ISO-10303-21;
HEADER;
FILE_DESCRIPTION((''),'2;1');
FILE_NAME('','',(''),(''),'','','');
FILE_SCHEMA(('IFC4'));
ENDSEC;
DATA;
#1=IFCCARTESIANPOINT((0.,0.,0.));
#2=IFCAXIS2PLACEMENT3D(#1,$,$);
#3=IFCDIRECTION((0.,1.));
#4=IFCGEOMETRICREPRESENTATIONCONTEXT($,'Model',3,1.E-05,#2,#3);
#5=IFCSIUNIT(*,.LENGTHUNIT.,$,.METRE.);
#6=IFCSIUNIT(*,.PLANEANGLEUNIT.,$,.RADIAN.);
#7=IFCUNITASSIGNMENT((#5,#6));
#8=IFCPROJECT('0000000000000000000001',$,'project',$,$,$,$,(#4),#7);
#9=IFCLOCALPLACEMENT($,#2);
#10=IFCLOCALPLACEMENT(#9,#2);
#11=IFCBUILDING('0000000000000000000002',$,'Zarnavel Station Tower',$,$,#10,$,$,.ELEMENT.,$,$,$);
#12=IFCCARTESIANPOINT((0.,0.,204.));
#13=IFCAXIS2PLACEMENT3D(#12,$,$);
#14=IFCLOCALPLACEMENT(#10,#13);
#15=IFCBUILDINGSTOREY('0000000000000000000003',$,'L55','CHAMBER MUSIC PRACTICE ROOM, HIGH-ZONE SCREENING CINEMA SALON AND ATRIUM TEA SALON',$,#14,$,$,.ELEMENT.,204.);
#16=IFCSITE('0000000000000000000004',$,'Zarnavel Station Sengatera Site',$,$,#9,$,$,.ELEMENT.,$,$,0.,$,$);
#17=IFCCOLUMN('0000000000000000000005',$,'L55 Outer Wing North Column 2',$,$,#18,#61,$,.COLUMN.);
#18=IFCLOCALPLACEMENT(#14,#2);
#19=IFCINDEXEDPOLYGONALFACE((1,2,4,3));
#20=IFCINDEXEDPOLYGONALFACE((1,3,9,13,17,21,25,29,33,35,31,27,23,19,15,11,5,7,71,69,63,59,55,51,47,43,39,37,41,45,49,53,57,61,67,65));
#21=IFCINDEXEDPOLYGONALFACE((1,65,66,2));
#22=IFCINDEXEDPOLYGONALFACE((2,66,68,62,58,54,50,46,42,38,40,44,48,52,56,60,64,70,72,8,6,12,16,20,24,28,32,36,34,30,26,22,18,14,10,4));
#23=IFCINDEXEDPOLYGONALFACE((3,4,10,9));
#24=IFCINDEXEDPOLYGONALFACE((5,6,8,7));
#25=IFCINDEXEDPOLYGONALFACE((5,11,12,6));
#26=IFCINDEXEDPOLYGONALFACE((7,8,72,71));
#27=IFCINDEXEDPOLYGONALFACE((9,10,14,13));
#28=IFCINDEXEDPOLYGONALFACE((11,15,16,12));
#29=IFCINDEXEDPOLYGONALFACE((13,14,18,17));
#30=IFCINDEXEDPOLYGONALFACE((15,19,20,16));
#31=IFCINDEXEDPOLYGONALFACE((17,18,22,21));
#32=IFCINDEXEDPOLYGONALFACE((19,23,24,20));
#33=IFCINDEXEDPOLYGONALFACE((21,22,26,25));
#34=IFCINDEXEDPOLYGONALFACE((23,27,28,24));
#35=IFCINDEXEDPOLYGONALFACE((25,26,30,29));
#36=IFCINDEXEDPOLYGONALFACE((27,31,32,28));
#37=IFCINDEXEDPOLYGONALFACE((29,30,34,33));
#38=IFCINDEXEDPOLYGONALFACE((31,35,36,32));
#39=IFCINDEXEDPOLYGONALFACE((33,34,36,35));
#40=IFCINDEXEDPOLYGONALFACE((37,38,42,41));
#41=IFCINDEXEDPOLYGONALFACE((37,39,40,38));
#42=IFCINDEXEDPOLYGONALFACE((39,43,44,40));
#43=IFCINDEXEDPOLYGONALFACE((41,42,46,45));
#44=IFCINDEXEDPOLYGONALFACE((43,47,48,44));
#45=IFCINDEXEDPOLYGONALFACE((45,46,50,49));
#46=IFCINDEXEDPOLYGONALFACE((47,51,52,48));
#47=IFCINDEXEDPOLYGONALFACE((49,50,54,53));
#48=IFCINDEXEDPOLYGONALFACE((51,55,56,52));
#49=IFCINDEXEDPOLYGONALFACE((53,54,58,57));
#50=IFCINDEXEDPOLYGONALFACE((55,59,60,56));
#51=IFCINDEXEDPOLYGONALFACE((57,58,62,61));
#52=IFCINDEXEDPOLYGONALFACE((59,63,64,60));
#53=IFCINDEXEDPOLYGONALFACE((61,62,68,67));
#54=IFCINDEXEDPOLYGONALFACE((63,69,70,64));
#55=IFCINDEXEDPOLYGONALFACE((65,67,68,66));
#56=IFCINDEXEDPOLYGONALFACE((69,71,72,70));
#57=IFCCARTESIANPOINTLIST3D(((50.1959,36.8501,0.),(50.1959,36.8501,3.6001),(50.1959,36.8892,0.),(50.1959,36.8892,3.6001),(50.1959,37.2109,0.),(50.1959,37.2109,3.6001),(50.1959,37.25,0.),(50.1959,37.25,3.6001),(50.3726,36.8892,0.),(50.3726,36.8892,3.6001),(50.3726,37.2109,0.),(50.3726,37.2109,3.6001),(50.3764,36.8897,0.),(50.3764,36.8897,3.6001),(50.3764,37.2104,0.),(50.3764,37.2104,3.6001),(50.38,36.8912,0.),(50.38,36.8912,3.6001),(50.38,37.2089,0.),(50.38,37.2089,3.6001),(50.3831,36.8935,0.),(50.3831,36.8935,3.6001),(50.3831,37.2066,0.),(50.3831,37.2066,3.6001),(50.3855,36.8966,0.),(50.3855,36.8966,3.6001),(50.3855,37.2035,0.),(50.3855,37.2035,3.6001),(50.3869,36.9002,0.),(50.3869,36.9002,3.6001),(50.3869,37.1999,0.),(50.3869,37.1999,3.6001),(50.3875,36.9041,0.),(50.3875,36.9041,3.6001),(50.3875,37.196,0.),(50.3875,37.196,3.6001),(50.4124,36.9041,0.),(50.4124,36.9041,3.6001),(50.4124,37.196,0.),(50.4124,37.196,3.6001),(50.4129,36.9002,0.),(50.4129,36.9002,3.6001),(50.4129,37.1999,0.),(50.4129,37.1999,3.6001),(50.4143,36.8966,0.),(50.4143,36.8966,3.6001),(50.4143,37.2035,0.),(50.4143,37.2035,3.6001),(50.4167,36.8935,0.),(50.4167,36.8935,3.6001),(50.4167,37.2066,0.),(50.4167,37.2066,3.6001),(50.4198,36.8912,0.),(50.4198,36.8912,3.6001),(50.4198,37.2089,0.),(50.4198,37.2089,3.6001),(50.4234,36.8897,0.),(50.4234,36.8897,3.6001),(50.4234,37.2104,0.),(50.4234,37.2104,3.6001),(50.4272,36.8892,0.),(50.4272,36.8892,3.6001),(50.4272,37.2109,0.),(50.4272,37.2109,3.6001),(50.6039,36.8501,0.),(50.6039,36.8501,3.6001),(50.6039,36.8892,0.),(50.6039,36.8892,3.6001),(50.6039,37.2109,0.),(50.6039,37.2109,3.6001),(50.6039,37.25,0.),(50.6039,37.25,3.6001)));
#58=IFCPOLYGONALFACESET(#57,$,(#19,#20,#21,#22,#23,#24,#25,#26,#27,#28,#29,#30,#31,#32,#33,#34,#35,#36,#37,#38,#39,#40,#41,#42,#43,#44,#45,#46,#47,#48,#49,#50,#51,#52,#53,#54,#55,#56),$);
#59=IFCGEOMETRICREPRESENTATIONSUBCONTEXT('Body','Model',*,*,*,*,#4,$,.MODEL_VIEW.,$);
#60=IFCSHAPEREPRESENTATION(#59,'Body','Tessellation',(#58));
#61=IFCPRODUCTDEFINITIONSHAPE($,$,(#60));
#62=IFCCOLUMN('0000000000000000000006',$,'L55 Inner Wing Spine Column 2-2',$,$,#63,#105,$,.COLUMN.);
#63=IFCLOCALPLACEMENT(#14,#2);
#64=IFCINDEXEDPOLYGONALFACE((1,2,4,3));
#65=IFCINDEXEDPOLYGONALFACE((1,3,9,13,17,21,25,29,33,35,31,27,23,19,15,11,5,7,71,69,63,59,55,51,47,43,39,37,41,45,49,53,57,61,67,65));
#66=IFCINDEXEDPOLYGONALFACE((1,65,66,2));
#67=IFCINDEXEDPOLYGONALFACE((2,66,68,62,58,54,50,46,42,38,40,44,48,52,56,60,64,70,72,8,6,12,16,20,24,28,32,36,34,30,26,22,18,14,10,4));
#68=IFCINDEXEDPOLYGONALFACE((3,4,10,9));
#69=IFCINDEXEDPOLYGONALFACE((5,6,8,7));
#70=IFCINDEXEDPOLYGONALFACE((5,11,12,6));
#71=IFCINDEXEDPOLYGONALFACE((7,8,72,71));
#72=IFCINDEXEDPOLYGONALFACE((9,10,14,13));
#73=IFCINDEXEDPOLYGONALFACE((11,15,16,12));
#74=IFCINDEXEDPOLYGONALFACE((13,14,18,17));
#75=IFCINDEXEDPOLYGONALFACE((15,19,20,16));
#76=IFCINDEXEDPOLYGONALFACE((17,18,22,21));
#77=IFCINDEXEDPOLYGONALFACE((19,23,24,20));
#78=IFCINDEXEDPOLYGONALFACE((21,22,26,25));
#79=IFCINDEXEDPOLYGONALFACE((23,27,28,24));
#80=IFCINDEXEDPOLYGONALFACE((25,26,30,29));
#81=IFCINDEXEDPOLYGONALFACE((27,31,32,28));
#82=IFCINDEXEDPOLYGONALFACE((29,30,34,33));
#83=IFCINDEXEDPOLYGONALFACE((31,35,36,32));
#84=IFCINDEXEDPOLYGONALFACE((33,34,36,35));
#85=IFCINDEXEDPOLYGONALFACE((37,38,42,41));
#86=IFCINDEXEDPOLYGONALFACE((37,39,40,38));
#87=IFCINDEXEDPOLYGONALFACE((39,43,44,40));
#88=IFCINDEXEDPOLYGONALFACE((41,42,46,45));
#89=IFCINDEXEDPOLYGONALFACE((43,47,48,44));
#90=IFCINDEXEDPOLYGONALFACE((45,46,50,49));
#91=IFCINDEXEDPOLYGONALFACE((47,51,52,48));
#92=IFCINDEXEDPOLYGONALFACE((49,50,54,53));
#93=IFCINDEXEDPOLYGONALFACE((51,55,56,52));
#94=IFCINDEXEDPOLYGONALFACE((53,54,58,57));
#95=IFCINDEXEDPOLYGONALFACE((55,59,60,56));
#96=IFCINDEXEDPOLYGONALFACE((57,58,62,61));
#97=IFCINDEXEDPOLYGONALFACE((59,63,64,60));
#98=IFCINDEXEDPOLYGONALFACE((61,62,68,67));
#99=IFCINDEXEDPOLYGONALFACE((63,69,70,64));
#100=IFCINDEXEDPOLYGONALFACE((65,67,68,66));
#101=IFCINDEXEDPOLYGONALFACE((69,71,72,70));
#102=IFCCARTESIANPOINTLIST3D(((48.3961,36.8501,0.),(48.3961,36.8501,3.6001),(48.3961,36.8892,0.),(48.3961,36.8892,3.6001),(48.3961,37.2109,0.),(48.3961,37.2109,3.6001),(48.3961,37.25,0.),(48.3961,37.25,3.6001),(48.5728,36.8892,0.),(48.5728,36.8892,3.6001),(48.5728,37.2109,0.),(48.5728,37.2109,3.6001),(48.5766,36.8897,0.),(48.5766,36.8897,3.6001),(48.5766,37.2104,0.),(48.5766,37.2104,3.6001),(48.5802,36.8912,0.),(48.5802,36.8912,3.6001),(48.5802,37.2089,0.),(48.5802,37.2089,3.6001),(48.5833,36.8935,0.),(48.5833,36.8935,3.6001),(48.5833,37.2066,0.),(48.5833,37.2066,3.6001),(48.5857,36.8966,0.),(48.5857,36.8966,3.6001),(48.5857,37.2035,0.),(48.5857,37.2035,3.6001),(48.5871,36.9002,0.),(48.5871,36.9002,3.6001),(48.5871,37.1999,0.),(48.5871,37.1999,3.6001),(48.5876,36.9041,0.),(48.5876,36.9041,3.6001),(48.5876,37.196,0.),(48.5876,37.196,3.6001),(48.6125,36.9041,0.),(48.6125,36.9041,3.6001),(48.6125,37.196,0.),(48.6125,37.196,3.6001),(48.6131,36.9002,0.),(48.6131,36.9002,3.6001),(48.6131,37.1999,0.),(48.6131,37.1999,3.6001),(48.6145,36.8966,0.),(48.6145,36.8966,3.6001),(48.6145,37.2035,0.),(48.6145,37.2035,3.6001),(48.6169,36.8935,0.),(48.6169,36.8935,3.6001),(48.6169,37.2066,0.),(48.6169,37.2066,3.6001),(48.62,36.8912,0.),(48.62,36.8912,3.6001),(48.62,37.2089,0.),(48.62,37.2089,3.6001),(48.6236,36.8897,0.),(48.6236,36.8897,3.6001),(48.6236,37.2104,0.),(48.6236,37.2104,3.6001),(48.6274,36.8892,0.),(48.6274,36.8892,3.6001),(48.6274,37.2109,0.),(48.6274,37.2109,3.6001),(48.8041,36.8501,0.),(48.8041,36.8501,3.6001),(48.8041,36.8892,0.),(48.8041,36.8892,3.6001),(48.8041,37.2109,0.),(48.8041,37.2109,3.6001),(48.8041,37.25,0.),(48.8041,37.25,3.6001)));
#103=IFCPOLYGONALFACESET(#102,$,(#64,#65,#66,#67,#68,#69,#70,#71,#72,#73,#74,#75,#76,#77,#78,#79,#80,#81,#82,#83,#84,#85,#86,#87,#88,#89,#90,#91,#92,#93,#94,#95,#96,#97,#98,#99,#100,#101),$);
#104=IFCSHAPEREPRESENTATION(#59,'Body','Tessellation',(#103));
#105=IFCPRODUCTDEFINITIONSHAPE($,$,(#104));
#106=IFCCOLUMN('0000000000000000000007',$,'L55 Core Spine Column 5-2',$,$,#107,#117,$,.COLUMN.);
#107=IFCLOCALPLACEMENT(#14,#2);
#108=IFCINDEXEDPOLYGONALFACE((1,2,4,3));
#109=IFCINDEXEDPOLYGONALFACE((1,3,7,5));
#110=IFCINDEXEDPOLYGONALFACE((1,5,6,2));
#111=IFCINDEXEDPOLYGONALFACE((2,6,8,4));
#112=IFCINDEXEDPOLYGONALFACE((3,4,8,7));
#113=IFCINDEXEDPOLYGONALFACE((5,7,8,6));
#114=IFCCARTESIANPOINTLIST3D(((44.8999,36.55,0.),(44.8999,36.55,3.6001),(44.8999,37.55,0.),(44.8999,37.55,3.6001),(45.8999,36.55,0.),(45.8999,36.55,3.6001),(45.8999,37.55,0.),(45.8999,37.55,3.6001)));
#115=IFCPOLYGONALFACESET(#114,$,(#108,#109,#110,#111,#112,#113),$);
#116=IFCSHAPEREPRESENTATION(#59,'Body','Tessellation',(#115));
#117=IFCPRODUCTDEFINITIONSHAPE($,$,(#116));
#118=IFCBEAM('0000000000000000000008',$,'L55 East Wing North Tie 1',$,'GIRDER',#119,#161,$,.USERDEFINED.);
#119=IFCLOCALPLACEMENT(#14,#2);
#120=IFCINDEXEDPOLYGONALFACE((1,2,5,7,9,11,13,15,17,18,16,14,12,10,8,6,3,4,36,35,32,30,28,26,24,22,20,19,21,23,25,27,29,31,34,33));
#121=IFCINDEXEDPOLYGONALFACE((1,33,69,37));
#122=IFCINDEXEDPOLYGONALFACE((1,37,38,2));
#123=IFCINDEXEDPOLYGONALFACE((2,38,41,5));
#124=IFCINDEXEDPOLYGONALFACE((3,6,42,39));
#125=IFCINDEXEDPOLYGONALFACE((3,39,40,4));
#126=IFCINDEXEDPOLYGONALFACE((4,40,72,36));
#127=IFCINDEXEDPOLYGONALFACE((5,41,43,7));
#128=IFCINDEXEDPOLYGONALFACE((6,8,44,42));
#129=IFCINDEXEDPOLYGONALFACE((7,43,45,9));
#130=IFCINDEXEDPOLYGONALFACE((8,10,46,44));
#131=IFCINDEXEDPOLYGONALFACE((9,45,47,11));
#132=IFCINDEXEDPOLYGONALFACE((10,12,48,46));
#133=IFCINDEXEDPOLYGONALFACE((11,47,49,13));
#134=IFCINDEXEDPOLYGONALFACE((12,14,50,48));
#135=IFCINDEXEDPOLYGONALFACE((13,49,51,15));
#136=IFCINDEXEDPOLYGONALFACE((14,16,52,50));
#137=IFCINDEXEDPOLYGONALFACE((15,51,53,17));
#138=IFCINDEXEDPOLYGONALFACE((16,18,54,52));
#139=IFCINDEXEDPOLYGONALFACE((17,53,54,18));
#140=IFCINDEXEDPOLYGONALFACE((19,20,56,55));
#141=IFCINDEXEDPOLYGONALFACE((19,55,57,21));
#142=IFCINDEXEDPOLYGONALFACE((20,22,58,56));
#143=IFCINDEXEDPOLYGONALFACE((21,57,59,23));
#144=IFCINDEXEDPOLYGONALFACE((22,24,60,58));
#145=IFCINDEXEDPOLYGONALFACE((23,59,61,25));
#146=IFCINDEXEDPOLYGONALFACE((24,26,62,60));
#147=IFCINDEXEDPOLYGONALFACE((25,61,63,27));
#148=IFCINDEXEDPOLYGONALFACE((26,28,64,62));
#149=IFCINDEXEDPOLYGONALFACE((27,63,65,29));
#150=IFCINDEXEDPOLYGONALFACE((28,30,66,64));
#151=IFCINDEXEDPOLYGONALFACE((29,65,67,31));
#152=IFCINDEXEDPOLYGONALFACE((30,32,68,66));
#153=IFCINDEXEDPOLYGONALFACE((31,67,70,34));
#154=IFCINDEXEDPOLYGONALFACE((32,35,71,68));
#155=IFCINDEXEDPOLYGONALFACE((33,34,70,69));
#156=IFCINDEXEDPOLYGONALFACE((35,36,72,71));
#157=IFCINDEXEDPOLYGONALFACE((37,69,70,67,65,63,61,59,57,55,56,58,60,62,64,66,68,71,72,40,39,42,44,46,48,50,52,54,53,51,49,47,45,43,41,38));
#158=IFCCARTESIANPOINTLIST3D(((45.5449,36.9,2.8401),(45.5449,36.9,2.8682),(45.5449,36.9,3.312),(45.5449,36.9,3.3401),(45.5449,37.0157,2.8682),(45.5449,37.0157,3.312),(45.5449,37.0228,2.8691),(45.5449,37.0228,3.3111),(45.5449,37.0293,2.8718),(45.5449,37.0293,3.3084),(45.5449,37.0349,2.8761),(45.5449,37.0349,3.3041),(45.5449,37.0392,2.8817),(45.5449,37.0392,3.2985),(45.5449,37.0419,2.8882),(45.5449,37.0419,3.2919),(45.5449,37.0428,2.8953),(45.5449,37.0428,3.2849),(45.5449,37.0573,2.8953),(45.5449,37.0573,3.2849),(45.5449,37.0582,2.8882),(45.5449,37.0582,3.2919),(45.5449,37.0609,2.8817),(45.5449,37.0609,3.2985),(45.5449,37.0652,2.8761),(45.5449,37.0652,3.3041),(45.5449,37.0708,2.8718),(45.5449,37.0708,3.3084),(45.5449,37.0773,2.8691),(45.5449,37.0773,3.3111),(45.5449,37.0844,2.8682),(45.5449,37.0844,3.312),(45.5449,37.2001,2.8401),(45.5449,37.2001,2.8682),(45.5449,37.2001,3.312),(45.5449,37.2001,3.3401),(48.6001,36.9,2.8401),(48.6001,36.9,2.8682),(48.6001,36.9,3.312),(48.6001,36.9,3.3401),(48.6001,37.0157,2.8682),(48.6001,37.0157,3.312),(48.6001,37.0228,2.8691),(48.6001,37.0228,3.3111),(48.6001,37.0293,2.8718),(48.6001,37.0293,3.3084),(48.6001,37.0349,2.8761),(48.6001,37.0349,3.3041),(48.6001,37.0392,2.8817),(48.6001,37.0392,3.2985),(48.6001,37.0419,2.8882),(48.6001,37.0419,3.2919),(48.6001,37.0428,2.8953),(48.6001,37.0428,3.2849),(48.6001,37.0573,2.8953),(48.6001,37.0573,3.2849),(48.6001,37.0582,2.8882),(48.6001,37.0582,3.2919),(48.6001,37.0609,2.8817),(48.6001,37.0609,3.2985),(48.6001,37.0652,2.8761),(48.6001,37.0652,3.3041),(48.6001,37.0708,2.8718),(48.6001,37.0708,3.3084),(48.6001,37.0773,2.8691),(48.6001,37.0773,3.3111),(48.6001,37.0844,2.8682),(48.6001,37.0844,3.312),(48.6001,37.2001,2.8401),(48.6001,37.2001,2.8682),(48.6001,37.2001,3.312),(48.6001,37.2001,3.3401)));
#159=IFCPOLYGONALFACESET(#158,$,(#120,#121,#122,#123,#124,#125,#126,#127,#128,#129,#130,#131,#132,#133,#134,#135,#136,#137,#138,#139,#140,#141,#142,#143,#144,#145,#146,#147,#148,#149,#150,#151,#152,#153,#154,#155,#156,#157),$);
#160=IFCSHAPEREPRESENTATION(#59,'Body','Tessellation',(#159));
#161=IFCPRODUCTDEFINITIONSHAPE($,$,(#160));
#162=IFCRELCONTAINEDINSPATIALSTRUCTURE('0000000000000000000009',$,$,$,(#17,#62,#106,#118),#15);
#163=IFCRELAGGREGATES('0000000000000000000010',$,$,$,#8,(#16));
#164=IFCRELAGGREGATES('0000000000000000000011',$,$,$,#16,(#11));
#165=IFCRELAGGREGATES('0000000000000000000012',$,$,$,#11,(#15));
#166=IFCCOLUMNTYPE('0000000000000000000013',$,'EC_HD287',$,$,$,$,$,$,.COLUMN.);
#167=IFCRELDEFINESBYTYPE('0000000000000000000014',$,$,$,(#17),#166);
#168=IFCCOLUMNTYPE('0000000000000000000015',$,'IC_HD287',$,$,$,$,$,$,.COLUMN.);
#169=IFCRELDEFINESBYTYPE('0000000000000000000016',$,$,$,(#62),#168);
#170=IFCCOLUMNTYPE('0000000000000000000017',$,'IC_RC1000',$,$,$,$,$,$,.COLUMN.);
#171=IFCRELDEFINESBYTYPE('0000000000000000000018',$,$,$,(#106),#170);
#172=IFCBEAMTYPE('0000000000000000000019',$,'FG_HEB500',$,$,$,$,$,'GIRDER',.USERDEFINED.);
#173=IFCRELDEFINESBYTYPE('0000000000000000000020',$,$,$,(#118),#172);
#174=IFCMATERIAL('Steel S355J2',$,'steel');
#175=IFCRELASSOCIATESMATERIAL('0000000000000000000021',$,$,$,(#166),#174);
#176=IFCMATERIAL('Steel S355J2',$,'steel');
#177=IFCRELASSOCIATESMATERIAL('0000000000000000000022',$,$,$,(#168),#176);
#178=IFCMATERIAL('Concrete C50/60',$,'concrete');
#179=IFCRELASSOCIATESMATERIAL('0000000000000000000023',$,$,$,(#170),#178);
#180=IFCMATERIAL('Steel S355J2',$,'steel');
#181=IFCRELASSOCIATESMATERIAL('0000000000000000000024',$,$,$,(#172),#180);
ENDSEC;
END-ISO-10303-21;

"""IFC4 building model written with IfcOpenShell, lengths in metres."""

from ifc_helpers import new_model, si_unit, direction, frame, origin, origin_2d, place, context, subcontext, project, spatial, rectangle, i_section, extrude, material, material_profile, profile_set, type_object, element, save


model = new_model("IFC4")

# Units and contexts
model_context = context("Model", 3, precision=1e-05, world=origin(), true_north=direction((0.0, 1.0)))
body_context = subcontext(model_context, "Body", "Model", "MODEL_VIEW")
ifc_project = project(units=[si_unit("LENGTHUNIT", "METRE"), si_unit("PLANEANGLEUNIT", "RADIAN")], contexts=[model_context])

# Site, building, storey
site_placement = place(None, origin())
site = spatial("IfcSite", under=ifc_project, at=site_placement, Name="Zarnavel Station Sengatera Site", CompositionType="ELEMENT", RefElevation=0.0)
building_placement = place(site_placement, origin())
building = spatial("IfcBuilding", under=site, at=building_placement, Name="Zarnavel Station Tower", CompositionType="ELEMENT")
storey_placement = place(building_placement, frame((0.0, 0.0, 204.0)))
storey = spatial("IfcBuildingStorey", under=building, at=storey_placement, Name="L55", Description="CHAMBER MUSIC PRACTICE ROOM, HIGH-ZONE SCREENING CINEMA SALON AND ATRIUM TEA SALON", CompositionType="ELEMENT", Elevation=204.0)

# Columns
ifc_material_1 = material(Name="Steel S355J2", Category="steel")
ifc_material_profile_1 = material_profile(ifc_material_1, i_section(OverallWidth=0.408, OverallDepth=0.3999, WebThickness=0.0249, FlangeThickness=0.0391, FilletRadius=0.0149, at=origin_2d()), Name="HD400x287")
ifc_profile_set_1 = profile_set([ifc_material_profile_1], Name="Steel S355J2")
column_type_1 = type_object("IfcColumnType", Name="EC_HD287", PredefinedType="COLUMN", material=ifc_profile_set_1)
column_1_placement = place(storey_placement, frame((50.3999, 37.05, 0.0), z_axis=(0.0, 0.0, 1.0), x_axis=(1.0, 0.0, 0.0)))
element("IfcColumn", 1, at=column_1_placement, inside=storey, type_object=column_type_1, Name="L55 Outer Wing North Column 2", PredefinedType="COLUMN", context=body_context, shape_type="SweptSolid", body=[
    extrude(i_section(OverallWidth=0.408, OverallDepth=0.3999, WebThickness=0.0249, FlangeThickness=0.0391, FilletRadius=0.0149, at=origin_2d()), origin(), (0.0, 0.0, 1.0), 3.6001),
])
ifc_material_2 = material(Name="Steel S355J2", Category="steel")
ifc_material_profile_2 = material_profile(ifc_material_2, i_section(OverallWidth=0.408, OverallDepth=0.3999, WebThickness=0.0249, FlangeThickness=0.0391, FilletRadius=0.0149, at=origin_2d()), Name="HD400x287")
ifc_profile_set_2 = profile_set([ifc_material_profile_2], Name="Steel S355J2")
column_type_2 = type_object("IfcColumnType", Name="IC_HD287", PredefinedType="COLUMN", material=ifc_profile_set_2)
column_2_placement = place(storey_placement, frame((48.6001, 37.05, 0.0), z_axis=(0.0, 0.0, 1.0), x_axis=(1.0, 0.0, 0.0)))
element("IfcColumn", 2, at=column_2_placement, inside=storey, type_object=column_type_2, Name="L55 Inner Wing Spine Column 2-2", PredefinedType="COLUMN", context=body_context, shape_type="SweptSolid", body=[
    extrude(i_section(OverallWidth=0.408, OverallDepth=0.3999, WebThickness=0.0249, FlangeThickness=0.0391, FilletRadius=0.0149, at=origin_2d()), origin(), (0.0, 0.0, 1.0), 3.6001),
])
ifc_material_3 = material(Name="Concrete C50/60", Category="concrete")
ifc_material_profile_3 = material_profile(ifc_material_3, rectangle(XDim=1.0, YDim=1.0, at=origin_2d()), Name="RC1000x1000")
ifc_profile_set_3 = profile_set([ifc_material_profile_3], Name="Concrete C50/60")
column_type_3 = type_object("IfcColumnType", Name="IC_RC1000", PredefinedType="COLUMN", material=ifc_profile_set_3)
column_3_placement = place(storey_placement, frame((45.3999, 37.05, 0.0), z_axis=(0.0, 0.0, 1.0), x_axis=(1.0, 0.0, 0.0)))
element("IfcColumn", 3, at=column_3_placement, inside=storey, type_object=column_type_3, Name="L55 Core Spine Column 5-2", PredefinedType="COLUMN", context=body_context, shape_type="SweptSolid", body=[
    extrude(rectangle(XDim=1.0, YDim=1.0, at=origin_2d()), origin(), (0.0, 0.0, 1.0), 3.6001),
])

# Beam
ifc_material_4 = material(Name="Steel S355J2", Category="steel")
ifc_material_profile_4 = material_profile(ifc_material_4, i_section(OverallWidth=0.3, OverallDepth=0.5, WebThickness=0.0144, FlangeThickness=0.0281, FilletRadius=0.0271, at=origin_2d()), Name="HEB500")
ifc_profile_set_4 = profile_set([ifc_material_profile_4], Name="Steel S355J2")
beam_type = type_object("IfcBeamType", Name="FG_HEB500", ElementType="GIRDER", PredefinedType="USERDEFINED", material=ifc_profile_set_4)
beam_1_placement = place(storey_placement, frame((45.5449, 37.05, 3.0901), z_axis=(1.0, 0.0, 0.0), x_axis=(0.0, 1.0, 0.0)))
element("IfcBeam", 4, at=beam_1_placement, inside=storey, type_object=beam_type, Name="L55 East Wing North Tie 1", ObjectType="GIRDER", PredefinedType="USERDEFINED", context=body_context, shape_type="SweptSolid", body=[
    extrude(i_section(OverallWidth=0.3, OverallDepth=0.5, WebThickness=0.0144, FlangeThickness=0.0281, FilletRadius=0.0271, at=origin_2d()), origin(), (0.0, 0.0, 1.0), 3.0552),
])

save(model, "model.ifc")
